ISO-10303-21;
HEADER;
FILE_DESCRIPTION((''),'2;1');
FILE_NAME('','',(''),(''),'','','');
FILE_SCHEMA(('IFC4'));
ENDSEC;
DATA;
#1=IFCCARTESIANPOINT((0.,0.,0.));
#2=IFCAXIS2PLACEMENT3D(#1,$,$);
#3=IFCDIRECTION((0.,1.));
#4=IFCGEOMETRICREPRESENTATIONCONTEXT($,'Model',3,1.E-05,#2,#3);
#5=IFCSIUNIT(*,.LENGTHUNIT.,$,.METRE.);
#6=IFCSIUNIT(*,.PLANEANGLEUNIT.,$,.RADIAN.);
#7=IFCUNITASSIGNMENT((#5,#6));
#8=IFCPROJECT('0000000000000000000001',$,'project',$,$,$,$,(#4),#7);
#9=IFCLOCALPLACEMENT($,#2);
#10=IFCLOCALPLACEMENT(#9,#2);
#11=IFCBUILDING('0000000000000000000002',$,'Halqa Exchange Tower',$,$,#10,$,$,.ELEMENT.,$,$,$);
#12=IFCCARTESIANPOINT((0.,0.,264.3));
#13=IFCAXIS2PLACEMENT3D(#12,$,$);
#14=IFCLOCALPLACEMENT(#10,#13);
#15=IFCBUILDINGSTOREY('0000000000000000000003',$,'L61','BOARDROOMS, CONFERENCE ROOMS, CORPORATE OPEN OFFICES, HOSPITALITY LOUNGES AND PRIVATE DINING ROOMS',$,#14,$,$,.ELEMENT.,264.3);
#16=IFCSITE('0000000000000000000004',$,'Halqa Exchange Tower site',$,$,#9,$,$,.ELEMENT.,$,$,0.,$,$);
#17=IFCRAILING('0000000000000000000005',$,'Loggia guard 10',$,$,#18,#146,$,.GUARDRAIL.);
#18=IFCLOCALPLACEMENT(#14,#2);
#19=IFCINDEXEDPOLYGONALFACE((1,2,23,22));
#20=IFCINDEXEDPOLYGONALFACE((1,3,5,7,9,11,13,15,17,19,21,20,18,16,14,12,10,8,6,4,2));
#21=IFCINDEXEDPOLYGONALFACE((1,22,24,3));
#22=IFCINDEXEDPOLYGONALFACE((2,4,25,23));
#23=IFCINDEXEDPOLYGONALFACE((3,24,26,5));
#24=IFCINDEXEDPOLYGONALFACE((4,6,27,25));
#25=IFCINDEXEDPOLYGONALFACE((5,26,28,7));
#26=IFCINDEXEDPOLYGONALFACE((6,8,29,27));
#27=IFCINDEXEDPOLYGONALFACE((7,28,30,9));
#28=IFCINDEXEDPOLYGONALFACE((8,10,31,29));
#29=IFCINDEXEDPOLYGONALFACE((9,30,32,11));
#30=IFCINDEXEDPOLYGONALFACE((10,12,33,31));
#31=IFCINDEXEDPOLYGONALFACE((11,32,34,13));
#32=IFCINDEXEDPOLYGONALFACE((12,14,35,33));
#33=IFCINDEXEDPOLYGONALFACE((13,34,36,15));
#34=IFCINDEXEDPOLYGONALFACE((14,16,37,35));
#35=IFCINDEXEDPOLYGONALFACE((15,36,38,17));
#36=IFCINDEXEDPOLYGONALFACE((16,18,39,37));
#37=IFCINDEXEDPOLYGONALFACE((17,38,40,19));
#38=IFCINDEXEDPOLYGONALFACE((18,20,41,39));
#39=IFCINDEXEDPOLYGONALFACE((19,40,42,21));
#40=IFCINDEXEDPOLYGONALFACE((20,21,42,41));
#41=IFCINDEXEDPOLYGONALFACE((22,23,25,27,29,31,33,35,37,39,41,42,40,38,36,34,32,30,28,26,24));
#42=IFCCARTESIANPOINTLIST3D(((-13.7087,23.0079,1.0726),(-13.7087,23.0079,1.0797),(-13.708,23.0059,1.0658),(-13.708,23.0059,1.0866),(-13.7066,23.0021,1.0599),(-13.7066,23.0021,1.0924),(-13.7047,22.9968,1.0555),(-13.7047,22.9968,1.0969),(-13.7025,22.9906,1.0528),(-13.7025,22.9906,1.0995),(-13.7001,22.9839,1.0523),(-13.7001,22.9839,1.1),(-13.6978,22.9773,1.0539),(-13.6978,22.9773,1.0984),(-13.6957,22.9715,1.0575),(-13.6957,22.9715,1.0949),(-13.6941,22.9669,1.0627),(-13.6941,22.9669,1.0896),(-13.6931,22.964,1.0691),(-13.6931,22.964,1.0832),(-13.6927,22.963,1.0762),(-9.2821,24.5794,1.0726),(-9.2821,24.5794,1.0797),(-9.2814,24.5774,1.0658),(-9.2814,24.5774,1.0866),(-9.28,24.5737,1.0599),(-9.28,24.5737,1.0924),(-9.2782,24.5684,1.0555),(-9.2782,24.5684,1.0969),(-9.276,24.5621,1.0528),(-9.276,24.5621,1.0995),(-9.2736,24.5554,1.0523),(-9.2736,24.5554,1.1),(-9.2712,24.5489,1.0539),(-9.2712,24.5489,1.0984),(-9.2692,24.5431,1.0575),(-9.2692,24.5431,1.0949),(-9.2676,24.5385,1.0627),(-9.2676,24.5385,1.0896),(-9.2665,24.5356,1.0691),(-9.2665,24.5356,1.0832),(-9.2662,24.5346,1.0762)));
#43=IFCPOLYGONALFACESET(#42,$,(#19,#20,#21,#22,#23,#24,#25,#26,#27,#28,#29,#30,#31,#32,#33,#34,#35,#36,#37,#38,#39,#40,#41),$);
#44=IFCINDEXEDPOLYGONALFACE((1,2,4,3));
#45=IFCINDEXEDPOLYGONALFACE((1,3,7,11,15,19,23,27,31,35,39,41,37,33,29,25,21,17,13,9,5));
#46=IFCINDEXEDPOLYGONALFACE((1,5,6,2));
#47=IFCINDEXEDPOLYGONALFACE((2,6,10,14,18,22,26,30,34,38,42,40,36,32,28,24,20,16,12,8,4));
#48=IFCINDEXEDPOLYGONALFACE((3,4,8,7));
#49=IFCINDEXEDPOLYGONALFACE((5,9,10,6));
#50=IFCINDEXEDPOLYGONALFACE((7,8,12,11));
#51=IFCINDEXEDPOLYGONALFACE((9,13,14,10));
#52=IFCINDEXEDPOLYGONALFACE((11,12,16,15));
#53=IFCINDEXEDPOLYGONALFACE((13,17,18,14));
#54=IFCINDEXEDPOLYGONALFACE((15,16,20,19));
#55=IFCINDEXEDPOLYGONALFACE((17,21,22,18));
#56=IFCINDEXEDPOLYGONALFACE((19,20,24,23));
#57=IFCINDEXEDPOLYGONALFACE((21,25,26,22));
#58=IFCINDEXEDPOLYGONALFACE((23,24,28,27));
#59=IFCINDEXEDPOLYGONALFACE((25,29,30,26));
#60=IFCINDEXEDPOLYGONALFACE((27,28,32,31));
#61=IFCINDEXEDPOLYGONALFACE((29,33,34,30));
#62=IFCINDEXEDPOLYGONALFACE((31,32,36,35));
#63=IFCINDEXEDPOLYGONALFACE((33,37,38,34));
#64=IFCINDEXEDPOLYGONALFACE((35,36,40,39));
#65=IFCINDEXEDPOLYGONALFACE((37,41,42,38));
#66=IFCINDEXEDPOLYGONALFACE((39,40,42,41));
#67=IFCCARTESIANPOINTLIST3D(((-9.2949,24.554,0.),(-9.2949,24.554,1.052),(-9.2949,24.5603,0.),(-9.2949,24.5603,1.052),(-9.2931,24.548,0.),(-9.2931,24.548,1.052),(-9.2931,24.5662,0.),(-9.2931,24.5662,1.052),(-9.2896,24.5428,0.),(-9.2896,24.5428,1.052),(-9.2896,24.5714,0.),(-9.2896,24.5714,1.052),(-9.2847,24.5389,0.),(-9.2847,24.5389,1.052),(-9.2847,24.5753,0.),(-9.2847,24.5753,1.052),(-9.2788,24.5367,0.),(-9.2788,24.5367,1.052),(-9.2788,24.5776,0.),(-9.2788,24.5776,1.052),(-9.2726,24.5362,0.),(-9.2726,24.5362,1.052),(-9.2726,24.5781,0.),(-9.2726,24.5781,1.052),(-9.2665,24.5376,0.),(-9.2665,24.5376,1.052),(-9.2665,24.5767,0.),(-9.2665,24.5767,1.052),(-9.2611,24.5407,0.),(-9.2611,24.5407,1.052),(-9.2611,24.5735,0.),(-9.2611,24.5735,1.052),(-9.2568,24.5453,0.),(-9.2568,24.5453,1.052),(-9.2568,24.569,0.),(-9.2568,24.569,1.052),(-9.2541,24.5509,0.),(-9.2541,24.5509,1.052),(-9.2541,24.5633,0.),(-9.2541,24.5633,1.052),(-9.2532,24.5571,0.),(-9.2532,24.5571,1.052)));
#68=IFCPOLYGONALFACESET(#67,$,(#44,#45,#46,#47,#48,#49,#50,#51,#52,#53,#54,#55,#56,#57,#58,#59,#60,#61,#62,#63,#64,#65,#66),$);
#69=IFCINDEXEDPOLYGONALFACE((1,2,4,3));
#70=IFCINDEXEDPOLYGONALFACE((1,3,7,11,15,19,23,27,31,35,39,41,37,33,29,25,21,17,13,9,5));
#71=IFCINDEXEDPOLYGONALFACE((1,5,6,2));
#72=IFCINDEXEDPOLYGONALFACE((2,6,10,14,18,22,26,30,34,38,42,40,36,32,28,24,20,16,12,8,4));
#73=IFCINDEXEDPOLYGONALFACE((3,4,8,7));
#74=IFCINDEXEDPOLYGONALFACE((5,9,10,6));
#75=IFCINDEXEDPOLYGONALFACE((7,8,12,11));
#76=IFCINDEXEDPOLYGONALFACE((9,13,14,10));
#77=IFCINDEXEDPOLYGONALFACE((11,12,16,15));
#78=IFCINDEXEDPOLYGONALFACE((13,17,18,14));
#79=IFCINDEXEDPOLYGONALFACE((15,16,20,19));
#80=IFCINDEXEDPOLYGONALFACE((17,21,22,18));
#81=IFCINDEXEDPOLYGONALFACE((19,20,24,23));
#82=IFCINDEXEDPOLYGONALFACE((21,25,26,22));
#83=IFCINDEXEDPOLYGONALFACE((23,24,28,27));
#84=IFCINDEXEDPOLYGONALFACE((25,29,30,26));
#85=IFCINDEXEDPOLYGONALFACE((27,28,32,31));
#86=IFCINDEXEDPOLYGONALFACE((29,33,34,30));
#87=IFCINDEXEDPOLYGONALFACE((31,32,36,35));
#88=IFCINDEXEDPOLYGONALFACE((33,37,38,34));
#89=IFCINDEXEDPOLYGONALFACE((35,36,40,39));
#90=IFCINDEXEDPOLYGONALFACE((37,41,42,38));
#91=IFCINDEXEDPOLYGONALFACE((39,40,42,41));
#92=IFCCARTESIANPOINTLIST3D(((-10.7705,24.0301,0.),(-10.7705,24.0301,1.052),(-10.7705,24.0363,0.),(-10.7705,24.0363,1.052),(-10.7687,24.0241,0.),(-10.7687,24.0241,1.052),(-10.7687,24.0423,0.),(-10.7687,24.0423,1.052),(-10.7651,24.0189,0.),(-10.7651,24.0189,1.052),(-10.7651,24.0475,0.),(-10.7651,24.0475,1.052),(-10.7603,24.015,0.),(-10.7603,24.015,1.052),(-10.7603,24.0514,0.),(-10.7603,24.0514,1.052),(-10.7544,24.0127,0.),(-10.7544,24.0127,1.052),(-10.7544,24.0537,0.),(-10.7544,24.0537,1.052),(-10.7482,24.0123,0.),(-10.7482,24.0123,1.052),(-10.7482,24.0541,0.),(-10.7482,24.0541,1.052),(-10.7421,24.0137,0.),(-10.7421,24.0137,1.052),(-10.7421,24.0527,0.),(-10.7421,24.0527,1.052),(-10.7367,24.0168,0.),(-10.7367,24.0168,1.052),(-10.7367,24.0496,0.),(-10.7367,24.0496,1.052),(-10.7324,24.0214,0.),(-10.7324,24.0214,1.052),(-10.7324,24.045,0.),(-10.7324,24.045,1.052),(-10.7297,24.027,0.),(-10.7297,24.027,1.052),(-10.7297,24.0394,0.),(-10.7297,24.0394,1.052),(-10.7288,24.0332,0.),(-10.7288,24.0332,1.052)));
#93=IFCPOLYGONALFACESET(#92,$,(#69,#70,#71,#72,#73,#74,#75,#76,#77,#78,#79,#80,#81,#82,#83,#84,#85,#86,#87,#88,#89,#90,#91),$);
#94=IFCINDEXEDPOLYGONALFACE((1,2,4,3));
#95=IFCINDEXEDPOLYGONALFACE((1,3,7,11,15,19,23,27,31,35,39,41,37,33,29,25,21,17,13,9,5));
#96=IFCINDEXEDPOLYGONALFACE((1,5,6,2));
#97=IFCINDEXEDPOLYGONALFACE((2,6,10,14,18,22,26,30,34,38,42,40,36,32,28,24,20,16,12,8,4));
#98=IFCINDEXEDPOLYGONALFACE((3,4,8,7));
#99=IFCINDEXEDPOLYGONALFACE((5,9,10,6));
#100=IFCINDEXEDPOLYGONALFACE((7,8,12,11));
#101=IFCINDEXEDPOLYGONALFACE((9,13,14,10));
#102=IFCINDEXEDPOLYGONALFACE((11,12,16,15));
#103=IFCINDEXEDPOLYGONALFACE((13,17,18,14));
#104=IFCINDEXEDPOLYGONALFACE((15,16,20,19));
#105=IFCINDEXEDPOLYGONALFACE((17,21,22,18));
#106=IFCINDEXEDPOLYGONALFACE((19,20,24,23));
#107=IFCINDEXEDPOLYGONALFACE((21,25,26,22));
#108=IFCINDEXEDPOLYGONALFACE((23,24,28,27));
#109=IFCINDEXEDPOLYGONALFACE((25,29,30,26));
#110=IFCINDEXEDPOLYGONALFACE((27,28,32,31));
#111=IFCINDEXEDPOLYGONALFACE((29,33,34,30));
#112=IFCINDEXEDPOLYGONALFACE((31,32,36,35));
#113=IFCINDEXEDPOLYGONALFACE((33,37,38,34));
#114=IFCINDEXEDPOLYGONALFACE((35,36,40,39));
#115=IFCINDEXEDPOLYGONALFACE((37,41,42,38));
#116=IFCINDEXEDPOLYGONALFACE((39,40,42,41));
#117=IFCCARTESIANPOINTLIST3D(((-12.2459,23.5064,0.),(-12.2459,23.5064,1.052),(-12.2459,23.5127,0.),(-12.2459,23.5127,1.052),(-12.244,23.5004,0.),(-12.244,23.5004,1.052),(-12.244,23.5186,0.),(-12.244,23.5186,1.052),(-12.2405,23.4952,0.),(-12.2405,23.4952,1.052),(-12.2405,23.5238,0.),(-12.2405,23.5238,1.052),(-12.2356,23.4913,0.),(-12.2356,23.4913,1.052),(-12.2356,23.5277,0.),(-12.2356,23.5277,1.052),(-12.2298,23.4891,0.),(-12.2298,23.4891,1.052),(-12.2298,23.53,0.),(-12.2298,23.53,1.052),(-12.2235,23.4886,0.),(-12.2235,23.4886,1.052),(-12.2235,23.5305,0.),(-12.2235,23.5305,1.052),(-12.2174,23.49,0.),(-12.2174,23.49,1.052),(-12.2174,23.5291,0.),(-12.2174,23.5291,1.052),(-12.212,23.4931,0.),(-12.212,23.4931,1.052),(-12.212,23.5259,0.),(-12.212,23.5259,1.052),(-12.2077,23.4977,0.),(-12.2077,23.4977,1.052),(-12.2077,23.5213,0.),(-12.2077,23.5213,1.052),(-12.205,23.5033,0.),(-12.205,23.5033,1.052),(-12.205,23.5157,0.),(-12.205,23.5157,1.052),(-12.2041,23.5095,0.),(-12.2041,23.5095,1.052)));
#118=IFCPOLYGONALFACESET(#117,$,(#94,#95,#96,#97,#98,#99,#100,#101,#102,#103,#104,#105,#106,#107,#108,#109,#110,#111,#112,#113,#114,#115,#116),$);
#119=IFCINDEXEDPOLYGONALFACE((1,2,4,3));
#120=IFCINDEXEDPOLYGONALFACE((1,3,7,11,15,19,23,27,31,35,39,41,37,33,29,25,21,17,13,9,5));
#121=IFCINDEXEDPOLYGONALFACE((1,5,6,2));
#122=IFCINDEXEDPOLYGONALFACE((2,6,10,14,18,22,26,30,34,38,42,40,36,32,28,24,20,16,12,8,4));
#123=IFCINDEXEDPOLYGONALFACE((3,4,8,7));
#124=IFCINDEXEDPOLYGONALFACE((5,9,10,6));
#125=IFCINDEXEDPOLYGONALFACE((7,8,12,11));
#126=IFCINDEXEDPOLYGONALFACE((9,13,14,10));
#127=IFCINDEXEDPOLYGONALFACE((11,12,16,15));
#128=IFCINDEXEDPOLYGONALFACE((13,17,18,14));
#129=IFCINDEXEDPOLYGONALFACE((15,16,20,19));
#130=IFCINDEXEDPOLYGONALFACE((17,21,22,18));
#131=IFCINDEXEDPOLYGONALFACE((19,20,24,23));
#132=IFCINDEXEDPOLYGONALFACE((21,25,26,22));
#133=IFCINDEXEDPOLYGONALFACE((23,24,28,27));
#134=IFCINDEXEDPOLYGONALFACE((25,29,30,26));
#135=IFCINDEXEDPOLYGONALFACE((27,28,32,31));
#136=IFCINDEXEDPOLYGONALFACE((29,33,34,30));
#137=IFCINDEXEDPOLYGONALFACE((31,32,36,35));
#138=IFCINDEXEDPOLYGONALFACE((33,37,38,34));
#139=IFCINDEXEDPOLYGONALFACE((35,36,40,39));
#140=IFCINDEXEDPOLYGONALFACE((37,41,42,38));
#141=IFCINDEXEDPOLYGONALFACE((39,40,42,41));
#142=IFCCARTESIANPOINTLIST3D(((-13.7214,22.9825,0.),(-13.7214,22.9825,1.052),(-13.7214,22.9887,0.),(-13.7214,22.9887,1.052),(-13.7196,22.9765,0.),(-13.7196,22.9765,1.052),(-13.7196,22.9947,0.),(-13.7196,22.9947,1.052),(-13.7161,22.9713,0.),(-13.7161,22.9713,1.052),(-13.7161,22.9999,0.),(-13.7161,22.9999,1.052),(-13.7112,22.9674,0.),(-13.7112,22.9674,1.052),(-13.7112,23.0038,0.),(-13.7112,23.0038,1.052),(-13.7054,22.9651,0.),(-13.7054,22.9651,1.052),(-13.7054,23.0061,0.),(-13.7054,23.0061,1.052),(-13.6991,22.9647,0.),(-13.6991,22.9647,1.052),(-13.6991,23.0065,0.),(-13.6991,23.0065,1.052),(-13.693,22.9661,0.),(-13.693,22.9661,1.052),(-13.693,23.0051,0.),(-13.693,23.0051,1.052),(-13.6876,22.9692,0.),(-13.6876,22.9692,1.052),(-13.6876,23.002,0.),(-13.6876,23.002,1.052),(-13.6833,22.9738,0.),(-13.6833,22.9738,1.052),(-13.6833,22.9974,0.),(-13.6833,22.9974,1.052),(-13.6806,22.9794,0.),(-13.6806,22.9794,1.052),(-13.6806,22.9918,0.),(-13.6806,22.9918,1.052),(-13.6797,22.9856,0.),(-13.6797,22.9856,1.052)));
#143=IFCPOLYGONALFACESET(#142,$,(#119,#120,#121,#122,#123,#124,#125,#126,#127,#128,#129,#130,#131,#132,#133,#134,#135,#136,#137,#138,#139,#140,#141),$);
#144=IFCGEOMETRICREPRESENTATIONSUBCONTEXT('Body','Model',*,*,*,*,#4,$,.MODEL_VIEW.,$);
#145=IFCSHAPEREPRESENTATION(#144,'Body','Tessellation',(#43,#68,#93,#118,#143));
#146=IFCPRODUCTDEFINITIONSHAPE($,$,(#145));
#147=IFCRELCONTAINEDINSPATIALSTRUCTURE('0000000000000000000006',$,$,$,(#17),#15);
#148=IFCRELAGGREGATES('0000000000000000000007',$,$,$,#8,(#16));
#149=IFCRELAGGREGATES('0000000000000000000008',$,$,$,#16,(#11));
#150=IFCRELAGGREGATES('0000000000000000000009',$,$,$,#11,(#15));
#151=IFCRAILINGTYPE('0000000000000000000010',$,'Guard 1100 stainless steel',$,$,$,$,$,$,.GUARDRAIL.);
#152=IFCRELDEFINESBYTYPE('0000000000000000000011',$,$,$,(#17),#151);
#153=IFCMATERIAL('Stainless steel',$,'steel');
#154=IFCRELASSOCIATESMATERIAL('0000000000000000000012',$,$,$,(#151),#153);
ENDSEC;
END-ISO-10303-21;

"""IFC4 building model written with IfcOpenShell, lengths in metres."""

from ifc_helpers import new_model, si_unit, direction, frame, origin, origin_2d, place, context, subcontext, project, spatial, circle, extrude, material, type_object, element, save


model = new_model("IFC4")

# Units and contexts
model_context = context("Model", 3, precision=1e-05, world=origin(), true_north=direction((0.0, 1.0)))
body_context = subcontext(model_context, "Body", "Model", "MODEL_VIEW")
ifc_project = project(units=[si_unit("LENGTHUNIT", "METRE"), si_unit("PLANEANGLEUNIT", "RADIAN")], contexts=[model_context])

# Site, building, storey
site_placement = place(None, origin())
site = spatial("IfcSite", under=ifc_project, at=site_placement, Name="Halqa Exchange Tower site", CompositionType="ELEMENT", RefElevation=0.0)
building_placement = place(site_placement, origin())
building = spatial("IfcBuilding", under=site, at=building_placement, Name="Halqa Exchange Tower", CompositionType="ELEMENT")
storey_placement = place(building_placement, frame((0.0, 0.0, 264.3)))
storey = spatial("IfcBuildingStorey", under=building, at=storey_placement, Name="L61", Description="BOARDROOMS, CONFERENCE ROOMS, CORPORATE OPEN OFFICES, HOSPITALITY LOUNGES AND PRIVATE DINING ROOMS", CompositionType="ELEMENT", Elevation=264.3)

# Railing
ifc_material_1 = material(Name="Stainless steel", Category="steel")
railing_type_1 = type_object("IfcRailingType", Name="Guard 1100 stainless steel", PredefinedType="GUARDRAIL", material=ifc_material_1)
railing_1_placement = place(storey_placement, frame((-9.2742, 24.5571, 0.0)))
element("IfcRailing", 1, at=railing_1_placement, inside=storey, type_object=railing_type_1, Name="Loggia guard 10", PredefinedType="GUARDRAIL", context=body_context, shape_type="SweptSolid", body=[
    extrude(circle(Radius=0.0239, at=origin_2d()), frame((0.0, 0.0, 1.0762), z_axis=(-0.942372, -0.334568, 0.0), x_axis=(0.334568, -0.942372, 0.0)), (0.0, 0.0, 1.0), 4.6973),
    extrude(circle(Radius=0.021, at=origin_2d()), origin(), (0.0, 0.0, 1.0), 1.052),
    extrude(circle(Radius=0.021, at=origin_2d()), frame((-1.4756, -0.5239, 0.0)), (0.0, 0.0, 1.0), 1.052),
    extrude(circle(Radius=0.021, at=origin_2d()), frame((-2.9509, -1.0476, 0.0)), (0.0, 0.0, 1.0), 1.052),
    extrude(circle(Radius=0.021, at=origin_2d()), frame((-4.4265, -1.5715, 0.0)), (0.0, 0.0, 1.0), 1.052),
])

save(model, "model.ifc")
